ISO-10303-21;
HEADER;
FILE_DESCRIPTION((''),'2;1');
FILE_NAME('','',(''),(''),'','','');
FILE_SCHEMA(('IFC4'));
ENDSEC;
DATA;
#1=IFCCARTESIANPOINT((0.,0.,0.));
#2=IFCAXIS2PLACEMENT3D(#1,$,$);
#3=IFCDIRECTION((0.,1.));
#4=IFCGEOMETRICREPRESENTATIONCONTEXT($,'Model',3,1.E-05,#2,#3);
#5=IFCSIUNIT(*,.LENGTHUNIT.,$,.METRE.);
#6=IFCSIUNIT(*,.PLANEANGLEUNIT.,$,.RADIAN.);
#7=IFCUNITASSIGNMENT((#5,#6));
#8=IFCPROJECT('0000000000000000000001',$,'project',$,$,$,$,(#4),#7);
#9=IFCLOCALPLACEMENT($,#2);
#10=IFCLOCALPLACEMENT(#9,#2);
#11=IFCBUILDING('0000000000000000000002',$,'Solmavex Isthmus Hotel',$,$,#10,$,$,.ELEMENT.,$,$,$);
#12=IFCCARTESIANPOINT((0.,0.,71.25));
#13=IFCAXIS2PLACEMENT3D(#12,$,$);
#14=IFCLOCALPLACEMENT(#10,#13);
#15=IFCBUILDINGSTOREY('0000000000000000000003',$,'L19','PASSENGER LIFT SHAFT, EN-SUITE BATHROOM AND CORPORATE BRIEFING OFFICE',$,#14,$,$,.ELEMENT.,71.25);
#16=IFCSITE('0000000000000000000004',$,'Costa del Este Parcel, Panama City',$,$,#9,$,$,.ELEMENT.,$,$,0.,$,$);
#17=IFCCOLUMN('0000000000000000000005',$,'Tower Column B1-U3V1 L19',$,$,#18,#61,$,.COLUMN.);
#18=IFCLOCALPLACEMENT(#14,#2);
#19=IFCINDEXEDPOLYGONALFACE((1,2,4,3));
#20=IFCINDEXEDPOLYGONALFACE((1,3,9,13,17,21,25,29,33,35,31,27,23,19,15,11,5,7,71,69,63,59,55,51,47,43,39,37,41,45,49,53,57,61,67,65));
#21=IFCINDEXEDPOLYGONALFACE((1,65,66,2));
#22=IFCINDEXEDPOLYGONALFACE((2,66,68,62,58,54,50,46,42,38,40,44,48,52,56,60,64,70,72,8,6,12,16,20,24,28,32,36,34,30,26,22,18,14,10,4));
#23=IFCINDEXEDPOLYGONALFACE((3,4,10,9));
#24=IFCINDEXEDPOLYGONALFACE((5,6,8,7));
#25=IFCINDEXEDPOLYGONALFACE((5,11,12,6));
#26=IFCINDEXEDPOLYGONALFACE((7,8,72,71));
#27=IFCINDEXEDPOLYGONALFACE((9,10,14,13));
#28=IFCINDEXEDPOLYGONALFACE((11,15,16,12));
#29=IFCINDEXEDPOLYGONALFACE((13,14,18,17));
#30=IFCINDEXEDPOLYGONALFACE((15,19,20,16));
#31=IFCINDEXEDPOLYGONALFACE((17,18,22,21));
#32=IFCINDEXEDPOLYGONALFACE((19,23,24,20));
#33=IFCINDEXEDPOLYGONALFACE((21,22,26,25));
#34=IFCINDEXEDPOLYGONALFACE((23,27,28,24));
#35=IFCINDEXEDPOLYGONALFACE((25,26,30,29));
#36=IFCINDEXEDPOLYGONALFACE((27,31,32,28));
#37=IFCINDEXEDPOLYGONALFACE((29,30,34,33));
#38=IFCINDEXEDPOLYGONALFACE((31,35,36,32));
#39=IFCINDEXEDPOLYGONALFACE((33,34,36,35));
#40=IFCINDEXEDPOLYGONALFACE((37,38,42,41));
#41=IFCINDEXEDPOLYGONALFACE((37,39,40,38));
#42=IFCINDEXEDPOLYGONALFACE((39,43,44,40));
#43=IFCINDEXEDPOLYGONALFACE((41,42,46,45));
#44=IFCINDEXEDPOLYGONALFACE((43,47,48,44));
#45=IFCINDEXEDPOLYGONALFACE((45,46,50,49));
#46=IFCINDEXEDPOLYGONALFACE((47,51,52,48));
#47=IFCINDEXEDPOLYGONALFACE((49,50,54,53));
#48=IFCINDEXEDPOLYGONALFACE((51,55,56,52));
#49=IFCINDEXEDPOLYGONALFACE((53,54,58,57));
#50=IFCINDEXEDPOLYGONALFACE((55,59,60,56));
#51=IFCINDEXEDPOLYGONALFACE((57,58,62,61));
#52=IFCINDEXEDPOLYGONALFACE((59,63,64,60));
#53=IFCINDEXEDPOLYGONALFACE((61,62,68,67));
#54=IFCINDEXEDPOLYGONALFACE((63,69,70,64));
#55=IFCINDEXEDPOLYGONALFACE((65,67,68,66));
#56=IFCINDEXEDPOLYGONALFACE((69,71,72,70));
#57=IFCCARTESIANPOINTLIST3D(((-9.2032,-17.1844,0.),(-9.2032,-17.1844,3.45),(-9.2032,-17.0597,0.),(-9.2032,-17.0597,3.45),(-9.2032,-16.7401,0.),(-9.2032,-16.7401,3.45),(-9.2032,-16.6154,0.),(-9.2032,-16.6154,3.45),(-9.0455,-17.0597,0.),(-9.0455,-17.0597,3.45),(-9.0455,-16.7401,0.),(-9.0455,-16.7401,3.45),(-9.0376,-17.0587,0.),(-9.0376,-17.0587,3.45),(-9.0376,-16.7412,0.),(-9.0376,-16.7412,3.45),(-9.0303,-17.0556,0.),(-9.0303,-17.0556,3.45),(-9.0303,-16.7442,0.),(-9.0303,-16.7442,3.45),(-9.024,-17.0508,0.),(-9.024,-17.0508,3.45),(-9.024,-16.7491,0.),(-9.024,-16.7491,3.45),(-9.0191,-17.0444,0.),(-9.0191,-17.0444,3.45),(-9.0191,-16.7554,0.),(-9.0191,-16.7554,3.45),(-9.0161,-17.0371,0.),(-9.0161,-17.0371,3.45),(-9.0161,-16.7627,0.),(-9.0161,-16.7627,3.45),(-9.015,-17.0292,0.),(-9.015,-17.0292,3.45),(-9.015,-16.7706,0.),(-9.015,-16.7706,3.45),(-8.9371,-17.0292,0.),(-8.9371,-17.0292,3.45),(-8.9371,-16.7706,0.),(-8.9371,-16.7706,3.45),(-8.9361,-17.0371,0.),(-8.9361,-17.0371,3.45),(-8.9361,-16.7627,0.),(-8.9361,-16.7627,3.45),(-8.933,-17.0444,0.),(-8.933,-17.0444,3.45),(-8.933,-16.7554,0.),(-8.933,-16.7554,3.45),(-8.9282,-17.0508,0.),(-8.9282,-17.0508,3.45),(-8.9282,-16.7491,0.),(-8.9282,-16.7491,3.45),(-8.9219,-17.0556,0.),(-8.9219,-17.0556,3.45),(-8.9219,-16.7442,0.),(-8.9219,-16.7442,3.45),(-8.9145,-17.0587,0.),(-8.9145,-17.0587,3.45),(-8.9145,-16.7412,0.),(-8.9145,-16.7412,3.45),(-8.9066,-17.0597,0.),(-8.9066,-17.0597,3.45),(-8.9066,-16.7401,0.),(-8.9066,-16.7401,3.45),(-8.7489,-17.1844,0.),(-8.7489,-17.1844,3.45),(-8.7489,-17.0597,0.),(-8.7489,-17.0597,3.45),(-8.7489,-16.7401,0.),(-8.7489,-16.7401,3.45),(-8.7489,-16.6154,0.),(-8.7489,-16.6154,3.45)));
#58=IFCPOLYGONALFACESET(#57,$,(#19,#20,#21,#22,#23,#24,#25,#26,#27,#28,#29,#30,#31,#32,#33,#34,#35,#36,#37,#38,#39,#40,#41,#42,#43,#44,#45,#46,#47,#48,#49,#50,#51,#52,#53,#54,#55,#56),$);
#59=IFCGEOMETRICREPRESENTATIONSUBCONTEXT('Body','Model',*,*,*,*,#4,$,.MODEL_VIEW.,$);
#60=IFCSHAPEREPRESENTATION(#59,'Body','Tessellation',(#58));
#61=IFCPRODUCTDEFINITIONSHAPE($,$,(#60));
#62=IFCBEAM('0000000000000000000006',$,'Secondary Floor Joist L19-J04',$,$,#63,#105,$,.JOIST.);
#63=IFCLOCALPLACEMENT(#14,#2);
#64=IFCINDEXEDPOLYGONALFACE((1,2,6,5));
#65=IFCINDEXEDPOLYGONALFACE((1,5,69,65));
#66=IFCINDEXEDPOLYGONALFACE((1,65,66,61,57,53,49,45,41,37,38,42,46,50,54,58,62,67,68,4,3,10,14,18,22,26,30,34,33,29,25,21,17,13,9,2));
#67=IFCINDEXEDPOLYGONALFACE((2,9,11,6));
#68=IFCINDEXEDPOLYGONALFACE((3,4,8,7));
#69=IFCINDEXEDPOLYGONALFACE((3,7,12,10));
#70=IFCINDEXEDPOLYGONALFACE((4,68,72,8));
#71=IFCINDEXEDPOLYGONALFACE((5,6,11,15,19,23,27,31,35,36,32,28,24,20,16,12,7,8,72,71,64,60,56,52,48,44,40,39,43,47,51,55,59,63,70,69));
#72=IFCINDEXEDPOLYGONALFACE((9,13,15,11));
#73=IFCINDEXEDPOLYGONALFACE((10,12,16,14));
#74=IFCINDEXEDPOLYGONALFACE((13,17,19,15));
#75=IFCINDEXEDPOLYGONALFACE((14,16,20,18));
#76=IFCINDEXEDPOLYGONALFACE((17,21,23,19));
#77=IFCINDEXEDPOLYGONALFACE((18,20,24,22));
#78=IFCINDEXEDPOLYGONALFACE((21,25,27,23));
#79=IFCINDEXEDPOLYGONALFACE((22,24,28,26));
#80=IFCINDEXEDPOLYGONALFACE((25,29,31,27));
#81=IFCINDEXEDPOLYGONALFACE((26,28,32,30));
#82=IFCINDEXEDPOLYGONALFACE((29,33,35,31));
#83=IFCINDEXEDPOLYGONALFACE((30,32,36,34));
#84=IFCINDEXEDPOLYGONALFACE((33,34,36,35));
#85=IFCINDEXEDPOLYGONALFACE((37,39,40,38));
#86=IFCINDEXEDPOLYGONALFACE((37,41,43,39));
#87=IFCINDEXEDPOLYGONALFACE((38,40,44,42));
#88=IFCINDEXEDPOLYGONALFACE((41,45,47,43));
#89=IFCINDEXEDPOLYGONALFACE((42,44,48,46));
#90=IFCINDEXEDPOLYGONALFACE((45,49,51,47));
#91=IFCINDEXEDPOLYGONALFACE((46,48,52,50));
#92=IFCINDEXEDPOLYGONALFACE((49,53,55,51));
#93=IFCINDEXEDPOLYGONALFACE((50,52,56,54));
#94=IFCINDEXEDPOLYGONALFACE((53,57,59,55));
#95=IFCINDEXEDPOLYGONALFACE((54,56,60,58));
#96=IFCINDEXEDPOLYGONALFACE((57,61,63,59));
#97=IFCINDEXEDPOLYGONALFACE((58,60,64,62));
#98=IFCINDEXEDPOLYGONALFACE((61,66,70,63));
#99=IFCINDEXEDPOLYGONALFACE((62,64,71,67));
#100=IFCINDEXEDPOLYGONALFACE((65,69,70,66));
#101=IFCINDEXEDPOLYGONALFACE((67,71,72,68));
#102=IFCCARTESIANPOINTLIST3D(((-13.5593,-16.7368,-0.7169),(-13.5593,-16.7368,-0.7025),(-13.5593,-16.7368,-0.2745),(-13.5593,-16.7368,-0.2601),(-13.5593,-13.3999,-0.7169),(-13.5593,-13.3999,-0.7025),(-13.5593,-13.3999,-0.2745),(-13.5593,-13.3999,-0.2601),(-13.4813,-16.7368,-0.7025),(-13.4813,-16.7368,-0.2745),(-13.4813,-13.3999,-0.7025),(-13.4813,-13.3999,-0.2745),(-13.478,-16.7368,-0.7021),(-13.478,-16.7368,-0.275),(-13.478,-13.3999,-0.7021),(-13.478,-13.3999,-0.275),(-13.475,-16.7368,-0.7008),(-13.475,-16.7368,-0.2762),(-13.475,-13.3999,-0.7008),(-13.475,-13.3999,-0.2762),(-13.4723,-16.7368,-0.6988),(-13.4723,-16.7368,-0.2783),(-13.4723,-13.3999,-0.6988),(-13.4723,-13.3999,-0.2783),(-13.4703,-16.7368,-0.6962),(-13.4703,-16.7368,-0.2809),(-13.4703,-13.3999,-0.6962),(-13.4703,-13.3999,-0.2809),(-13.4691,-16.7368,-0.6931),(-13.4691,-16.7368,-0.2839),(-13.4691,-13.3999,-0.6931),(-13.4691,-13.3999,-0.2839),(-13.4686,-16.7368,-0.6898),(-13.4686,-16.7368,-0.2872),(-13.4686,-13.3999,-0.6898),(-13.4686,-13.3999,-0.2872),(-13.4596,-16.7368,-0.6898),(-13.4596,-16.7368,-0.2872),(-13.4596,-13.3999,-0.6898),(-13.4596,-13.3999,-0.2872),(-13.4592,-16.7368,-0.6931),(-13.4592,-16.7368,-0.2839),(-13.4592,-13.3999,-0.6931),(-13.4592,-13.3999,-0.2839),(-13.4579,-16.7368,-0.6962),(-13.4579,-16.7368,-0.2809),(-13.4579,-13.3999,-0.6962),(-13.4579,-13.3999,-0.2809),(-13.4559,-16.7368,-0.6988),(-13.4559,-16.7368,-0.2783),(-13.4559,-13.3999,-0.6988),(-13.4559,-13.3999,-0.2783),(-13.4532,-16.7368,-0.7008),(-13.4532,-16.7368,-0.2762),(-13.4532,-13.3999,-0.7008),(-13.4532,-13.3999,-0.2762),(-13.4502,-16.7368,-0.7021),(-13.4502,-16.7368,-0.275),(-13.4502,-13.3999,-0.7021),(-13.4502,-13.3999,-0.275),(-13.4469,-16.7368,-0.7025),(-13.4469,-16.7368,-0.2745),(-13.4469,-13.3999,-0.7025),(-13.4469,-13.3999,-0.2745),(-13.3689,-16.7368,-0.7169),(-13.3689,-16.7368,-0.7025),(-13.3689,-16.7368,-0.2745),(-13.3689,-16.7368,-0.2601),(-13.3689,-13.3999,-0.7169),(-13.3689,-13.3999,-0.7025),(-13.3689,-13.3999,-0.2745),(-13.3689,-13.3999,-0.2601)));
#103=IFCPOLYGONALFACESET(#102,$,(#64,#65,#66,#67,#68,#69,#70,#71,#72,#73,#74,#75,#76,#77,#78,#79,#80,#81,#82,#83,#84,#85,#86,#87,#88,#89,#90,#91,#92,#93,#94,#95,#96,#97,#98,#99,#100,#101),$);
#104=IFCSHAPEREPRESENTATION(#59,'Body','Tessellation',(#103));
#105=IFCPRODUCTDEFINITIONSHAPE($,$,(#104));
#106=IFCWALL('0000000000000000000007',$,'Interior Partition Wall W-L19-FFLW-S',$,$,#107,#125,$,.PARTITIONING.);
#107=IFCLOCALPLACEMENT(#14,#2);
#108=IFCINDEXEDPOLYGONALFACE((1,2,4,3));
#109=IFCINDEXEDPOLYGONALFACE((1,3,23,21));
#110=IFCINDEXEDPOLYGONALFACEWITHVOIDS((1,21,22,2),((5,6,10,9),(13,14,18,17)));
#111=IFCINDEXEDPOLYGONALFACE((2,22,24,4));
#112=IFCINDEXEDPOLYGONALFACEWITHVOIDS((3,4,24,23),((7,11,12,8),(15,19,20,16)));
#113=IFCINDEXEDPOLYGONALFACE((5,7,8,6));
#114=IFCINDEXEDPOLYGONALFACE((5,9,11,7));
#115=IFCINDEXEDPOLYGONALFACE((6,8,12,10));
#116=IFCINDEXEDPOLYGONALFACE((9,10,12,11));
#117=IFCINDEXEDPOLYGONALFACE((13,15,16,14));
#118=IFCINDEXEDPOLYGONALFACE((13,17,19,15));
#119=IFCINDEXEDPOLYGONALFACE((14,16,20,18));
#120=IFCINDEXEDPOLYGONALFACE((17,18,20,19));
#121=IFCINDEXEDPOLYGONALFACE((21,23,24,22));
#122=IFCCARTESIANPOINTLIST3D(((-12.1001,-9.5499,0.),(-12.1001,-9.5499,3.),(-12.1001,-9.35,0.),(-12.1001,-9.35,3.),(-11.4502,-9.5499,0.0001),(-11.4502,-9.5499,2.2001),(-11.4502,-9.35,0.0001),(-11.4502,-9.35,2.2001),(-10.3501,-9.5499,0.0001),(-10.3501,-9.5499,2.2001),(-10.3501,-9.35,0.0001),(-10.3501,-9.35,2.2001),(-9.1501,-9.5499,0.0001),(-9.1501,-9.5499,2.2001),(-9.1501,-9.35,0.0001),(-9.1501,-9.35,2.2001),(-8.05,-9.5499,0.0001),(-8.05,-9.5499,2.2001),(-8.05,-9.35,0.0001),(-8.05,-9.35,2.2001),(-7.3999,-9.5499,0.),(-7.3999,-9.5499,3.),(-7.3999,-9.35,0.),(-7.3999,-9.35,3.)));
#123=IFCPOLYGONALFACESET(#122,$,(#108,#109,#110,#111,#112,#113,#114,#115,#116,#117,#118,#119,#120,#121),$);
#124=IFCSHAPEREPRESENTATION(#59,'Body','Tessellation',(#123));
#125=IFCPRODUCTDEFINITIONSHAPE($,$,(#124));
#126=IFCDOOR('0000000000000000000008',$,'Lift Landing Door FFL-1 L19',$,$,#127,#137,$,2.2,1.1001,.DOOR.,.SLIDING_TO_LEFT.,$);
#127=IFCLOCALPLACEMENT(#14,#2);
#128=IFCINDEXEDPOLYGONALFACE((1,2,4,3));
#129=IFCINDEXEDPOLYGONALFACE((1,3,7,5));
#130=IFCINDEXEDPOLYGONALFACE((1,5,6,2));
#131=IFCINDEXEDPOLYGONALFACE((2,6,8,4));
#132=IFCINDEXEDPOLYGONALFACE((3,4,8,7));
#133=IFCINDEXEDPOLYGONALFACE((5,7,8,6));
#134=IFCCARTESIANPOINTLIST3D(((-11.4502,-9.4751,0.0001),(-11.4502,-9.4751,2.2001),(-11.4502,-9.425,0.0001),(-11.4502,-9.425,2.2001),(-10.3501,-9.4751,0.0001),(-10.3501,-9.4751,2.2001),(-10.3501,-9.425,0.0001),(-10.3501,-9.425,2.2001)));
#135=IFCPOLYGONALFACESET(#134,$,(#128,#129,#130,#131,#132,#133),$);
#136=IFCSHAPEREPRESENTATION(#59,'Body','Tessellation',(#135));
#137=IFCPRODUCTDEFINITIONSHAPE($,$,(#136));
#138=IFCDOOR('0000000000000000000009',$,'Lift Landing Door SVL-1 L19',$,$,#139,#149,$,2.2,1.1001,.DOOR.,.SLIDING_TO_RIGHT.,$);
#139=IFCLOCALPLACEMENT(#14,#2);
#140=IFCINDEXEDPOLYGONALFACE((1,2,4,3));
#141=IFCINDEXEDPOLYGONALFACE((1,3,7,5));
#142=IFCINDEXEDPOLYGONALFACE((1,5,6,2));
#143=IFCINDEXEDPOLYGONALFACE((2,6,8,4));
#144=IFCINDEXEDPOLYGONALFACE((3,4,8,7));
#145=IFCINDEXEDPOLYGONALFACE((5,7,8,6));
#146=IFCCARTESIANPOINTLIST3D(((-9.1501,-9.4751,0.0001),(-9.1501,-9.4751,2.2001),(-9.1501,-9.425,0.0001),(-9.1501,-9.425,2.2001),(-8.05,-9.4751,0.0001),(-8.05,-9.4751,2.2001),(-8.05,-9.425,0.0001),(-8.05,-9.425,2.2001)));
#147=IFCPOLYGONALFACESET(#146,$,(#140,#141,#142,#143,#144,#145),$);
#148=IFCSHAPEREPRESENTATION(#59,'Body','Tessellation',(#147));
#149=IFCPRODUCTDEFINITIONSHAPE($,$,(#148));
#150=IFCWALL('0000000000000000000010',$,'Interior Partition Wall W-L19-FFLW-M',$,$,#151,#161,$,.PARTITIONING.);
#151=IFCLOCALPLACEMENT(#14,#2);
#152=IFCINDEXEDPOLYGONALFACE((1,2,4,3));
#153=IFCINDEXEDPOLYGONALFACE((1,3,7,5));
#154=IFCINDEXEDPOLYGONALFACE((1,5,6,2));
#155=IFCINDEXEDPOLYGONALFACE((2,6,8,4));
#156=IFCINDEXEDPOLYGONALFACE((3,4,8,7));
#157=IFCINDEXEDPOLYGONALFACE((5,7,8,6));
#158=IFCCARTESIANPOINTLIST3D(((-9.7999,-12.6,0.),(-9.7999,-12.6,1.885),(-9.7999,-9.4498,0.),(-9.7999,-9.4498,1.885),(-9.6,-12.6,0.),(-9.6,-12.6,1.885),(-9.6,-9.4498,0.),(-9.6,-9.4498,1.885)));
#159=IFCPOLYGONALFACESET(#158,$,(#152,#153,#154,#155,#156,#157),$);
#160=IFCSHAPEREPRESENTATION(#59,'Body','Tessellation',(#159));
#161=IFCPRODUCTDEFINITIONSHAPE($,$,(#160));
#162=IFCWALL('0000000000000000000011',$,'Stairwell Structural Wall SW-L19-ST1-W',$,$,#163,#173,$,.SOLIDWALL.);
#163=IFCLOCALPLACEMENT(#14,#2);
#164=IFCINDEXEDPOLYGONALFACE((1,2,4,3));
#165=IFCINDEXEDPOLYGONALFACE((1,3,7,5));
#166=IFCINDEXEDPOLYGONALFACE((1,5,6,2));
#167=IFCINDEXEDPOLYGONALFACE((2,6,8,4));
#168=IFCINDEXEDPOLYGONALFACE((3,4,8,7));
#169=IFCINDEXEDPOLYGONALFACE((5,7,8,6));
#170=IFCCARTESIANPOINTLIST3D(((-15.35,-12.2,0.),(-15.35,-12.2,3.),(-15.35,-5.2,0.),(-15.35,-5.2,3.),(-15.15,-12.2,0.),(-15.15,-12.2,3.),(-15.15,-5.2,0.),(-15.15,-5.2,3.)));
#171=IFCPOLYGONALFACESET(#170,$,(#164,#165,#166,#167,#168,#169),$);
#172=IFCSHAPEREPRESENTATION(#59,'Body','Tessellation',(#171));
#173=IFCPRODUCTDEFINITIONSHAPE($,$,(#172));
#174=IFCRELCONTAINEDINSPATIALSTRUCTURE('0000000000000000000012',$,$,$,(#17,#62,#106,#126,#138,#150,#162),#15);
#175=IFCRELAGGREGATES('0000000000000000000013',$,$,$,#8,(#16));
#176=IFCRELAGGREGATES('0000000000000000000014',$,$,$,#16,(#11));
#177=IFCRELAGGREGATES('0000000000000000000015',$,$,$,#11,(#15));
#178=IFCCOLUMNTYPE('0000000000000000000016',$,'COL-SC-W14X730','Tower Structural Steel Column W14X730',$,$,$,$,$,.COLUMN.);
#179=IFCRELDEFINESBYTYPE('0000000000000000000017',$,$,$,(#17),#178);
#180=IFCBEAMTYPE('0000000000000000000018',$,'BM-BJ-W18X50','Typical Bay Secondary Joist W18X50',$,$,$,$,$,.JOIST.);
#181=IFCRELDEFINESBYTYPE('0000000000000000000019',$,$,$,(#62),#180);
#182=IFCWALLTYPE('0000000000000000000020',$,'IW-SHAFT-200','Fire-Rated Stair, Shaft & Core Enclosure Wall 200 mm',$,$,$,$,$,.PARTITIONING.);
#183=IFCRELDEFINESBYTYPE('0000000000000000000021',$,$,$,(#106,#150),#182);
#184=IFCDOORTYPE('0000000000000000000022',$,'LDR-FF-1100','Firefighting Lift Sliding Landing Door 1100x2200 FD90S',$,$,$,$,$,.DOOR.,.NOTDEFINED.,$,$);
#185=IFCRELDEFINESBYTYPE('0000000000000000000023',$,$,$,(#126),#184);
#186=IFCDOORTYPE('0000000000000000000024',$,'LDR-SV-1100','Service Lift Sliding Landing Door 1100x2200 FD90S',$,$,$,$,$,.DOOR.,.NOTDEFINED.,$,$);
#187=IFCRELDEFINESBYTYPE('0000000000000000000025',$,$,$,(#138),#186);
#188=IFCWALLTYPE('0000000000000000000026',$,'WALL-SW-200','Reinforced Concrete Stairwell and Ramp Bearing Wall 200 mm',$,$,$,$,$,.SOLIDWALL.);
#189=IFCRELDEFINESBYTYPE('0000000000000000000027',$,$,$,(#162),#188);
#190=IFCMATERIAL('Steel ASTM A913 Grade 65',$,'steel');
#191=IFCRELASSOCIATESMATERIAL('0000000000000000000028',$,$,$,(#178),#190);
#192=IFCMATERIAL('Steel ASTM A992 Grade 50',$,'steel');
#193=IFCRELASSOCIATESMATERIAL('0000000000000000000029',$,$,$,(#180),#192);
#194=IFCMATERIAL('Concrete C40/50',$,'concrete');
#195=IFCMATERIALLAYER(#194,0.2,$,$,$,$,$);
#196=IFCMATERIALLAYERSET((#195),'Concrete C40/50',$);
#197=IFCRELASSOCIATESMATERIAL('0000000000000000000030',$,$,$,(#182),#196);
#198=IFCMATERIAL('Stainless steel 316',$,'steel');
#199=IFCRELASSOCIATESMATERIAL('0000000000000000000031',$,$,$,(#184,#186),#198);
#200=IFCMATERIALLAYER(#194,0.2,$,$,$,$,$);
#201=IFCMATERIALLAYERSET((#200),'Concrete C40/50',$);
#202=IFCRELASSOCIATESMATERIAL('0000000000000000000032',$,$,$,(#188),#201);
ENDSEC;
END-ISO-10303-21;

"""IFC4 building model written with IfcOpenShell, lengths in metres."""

from ifc_helpers import new_model, si_unit, direction, frame, frame_2d, origin, origin_2d, place, context, subcontext, project, spatial, rectangle, i_section, extrude, material, layer, layer_set, material_profile, profile_set, type_object, element, fill, save


model = new_model("IFC4")

# Units and contexts
model_context = context("Model", 3, precision=1e-05, world=origin(), true_north=direction((0.0, 1.0)))
body_context = subcontext(model_context, "Body", "Model", "MODEL_VIEW")
ifc_project = project(units=[si_unit("LENGTHUNIT", "METRE"), si_unit("PLANEANGLEUNIT", "RADIAN")], contexts=[model_context])

# Site, building, storey
site_placement = place(None, origin())
site = spatial("IfcSite", under=ifc_project, at=site_placement, Name="Costa del Este Parcel, Panama City", CompositionType="ELEMENT", RefElevation=0.0)
building_placement = place(site_placement, origin())
building = spatial("IfcBuilding", under=site, at=building_placement, Name="Solmavex Isthmus Hotel", CompositionType="ELEMENT")
storey_placement = place(building_placement, frame((0.0, 0.0, 71.25)))
storey = spatial("IfcBuildingStorey", under=building, at=storey_placement, Name="L19", Description="PASSENGER LIFT SHAFT, EN-SUITE BATHROOM AND CORPORATE BRIEFING OFFICE", CompositionType="ELEMENT", Elevation=71.25)

# Column
ifc_material_1 = material(Name="Steel ASTM A913 Grade 65", Category="steel")
ifc_material_profile_1 = material_profile(ifc_material_1, i_section(OverallWidth=0.4543, OverallDepth=0.5691, WebThickness=0.0779, FlangeThickness=0.1248, FilletRadius=0.0305, at=origin_2d()), Name="W14X730")
ifc_profile_set_1 = profile_set([ifc_material_profile_1], Name="Steel ASTM A913 Grade 65")
column_type = type_object("IfcColumnType", Name="COL-SC-W14X730", Description="Tower Structural Steel Column W14X730", PredefinedType="COLUMN", material=ifc_profile_set_1)
column_placement = place(storey_placement, frame((-8.9761, -16.8999, 0.0), z_axis=(0.0, 0.0, 1.0), x_axis=(1.0, 0.0, 0.0)))
element("IfcColumn", 1, at=column_placement, inside=storey, type_object=column_type, Name="Tower Column B1-U3V1 L19", PredefinedType="COLUMN", context=body_context, shape_type="SweptSolid", body=[
    extrude(i_section(OverallWidth=0.4543, OverallDepth=0.5691, WebThickness=0.0779, FlangeThickness=0.1248, FilletRadius=0.0305, at=origin_2d()), origin(), (0.0, 0.0, 1.0), 3.45),
])

# Beam
ifc_material_2 = material(Name="Steel ASTM A992 Grade 50", Category="steel")
ifc_material_profile_2 = material_profile(ifc_material_2, i_section(OverallWidth=0.1904, OverallDepth=0.4568, WebThickness=0.009, FlangeThickness=0.0144, FilletRadius=0.0127, at=origin_2d()), Name="W18X50")
ifc_profile_set_2 = profile_set([ifc_material_profile_2], Name="Steel ASTM A992 Grade 50")
beam_type = type_object("IfcBeamType", Name="BM-BJ-W18X50", Description="Typical Bay Secondary Joist W18X50", PredefinedType="JOIST", material=ifc_profile_set_2)
beam_placement = place(storey_placement, frame((-13.4641, -16.7368, -0.4885), z_axis=(0.0, 1.0, 0.0), x_axis=(-1.0, 0.0, 0.0)))
element("IfcBeam", 2, at=beam_placement, inside=storey, type_object=beam_type, Name="Secondary Floor Joist L19-J04", PredefinedType="JOIST", context=body_context, shape_type="SweptSolid", body=[
    extrude(i_section(OverallWidth=0.1904, OverallDepth=0.4568, WebThickness=0.009, FlangeThickness=0.0144, FilletRadius=0.0127, at=origin_2d()), origin(), (0.0, 0.0, 1.0), 3.3369),
])

# Wall, openings, doors
ifc_material_3 = material(Name="Concrete C40/50", Category="concrete")
ifc_layer_1 = layer(ifc_material_3, 0.2)
ifc_layer_set_1 = layer_set([ifc_layer_1], Name="Concrete C40/50")
wall_type_1 = type_object("IfcWallType", Name="IW-SHAFT-200", Description="Fire-Rated Stair, Shaft & Core Enclosure Wall 200 mm", PredefinedType="PARTITIONING", material=ifc_layer_set_1)
wall_1_placement = place(storey_placement, frame((-12.1001, -9.45, 0.0), z_axis=(0.0, 0.0, 1.0), x_axis=(1.0, 0.0, 0.0)))
wall_1 = element("IfcWall", 3, at=wall_1_placement, inside=storey, type_object=wall_type_1, Name="Interior Partition Wall W-L19-FFLW-S", PredefinedType="PARTITIONING", context=body_context, shape_type="SweptSolid", body=[
    extrude(rectangle(XDim=4.7002, YDim=0.2, at=frame_2d((2.3501, 0.0))), origin(), (0.0, 0.0, 1.0), 3.0),
])
opening_1_placement = place(wall_1_placement, frame((0.6499, 0.0, 0.0)))
opening_1 = element("IfcOpeningElement", 4, at=opening_1_placement, cuts=wall_1, PredefinedType="OPENING", context=body_context, shape_type="SweptSolid", body=[
    extrude(rectangle(XDim=1.1001, YDim=2.2, at=frame_2d((0.55, 1.1001))), frame((0.0, 0.1099, 0.0), z_axis=(0.0, -1.0, 0.0), x_axis=(1.0, 0.0, 0.0)), (0.0, 0.0, 1.0), 0.22),
])
opening_2_placement = place(wall_1_placement, frame((2.95, 0.0, 0.0)))
opening_2 = element("IfcOpeningElement", 5, at=opening_2_placement, cuts=wall_1, PredefinedType="OPENING", context=body_context, shape_type="SweptSolid", body=[
    extrude(rectangle(XDim=1.1001, YDim=2.2, at=frame_2d((0.55, 1.1001))), frame((0.0, 0.1099, 0.0), z_axis=(0.0, -1.0, 0.0), x_axis=(1.0, 0.0, 0.0)), (0.0, 0.0, 1.0), 0.22),
])
ifc_material_4 = material(Name="Stainless steel 316", Category="steel")
door_type_1 = type_object("IfcDoorType", Name="LDR-FF-1100", Description="Firefighting Lift Sliding Landing Door 1100x2200 FD90S", OperationType="NOTDEFINED", PredefinedType="DOOR", material=ifc_material_4)
door_1_placement = place(opening_1_placement, origin())
door_1 = element("IfcDoor", 6, at=door_1_placement, inside=storey, type_object=door_type_1, Name="Lift Landing Door FFL-1 L19", OperationType="SLIDING_TO_LEFT", OverallHeight=2.2, OverallWidth=1.1001, PredefinedType="DOOR", context=body_context, shape_type="SweptSolid", body=[
    extrude(rectangle(XDim=1.1001, YDim=2.2, at=frame_2d((0.55, 1.1001))), frame((0.0, 0.0249, 0.0), z_axis=(0.0, -1.0, 0.0), x_axis=(1.0, 0.0, 0.0)), (0.0, 0.0, 1.0), 0.05),
])
fill(opening_1, door_1)
door_type_2 = type_object("IfcDoorType", Name="LDR-SV-1100", Description="Service Lift Sliding Landing Door 1100x2200 FD90S", OperationType="NOTDEFINED", PredefinedType="DOOR", material=ifc_material_4)
door_2_placement = place(opening_2_placement, origin())
door_2 = element("IfcDoor", 7, at=door_2_placement, inside=storey, type_object=door_type_2, Name="Lift Landing Door SVL-1 L19", OperationType="SLIDING_TO_RIGHT", OverallHeight=2.2, OverallWidth=1.1001, PredefinedType="DOOR", context=body_context, shape_type="SweptSolid", body=[
    extrude(rectangle(XDim=1.1001, YDim=2.2, at=frame_2d((0.55, 1.1001))), frame((0.0, 0.0249, 0.0), z_axis=(0.0, -1.0, 0.0), x_axis=(1.0, 0.0, 0.0)), (0.0, 0.0, 1.0), 0.05),
])
fill(opening_2, door_2)

# Walls
wall_2_placement = place(storey_placement, frame((-9.7, -12.6001, 0.0), z_axis=(0.0, 0.0, 1.0), x_axis=(0.0, 1.0, 0.0)))
element("IfcWall", 8, at=wall_2_placement, inside=storey, type_object=wall_type_1, Name="Interior Partition Wall W-L19-FFLW-M", PredefinedType="PARTITIONING", context=body_context, shape_type="SweptSolid", body=[
    extrude(rectangle(XDim=3.1501, YDim=0.2, at=frame_2d((1.5752, 0.0))), origin(), (0.0, 0.0, 1.0), 1.885),
])
ifc_layer_2 = layer(ifc_material_3, 0.2)
ifc_layer_set_2 = layer_set([ifc_layer_2], Name="Concrete C40/50")
wall_type_2 = type_object("IfcWallType", Name="WALL-SW-200", Description="Reinforced Concrete Stairwell and Ramp Bearing Wall 200 mm", PredefinedType="SOLIDWALL", material=ifc_layer_set_2)
wall_3_placement = place(storey_placement, frame((-15.25, -12.2, 0.0), z_axis=(0.0, 0.0, 1.0), x_axis=(0.0, 1.0, 0.0)))
element("IfcWall", 9, at=wall_3_placement, inside=storey, type_object=wall_type_2, Name="Stairwell Structural Wall SW-L19-ST1-W", PredefinedType="SOLIDWALL", context=body_context, shape_type="SweptSolid", body=[
    extrude(rectangle(XDim=7.0, YDim=0.2, at=frame_2d((3.5, 0.0))), origin(), (0.0, 0.0, 1.0), 3.0),
])

save(model, "model.ifc")
